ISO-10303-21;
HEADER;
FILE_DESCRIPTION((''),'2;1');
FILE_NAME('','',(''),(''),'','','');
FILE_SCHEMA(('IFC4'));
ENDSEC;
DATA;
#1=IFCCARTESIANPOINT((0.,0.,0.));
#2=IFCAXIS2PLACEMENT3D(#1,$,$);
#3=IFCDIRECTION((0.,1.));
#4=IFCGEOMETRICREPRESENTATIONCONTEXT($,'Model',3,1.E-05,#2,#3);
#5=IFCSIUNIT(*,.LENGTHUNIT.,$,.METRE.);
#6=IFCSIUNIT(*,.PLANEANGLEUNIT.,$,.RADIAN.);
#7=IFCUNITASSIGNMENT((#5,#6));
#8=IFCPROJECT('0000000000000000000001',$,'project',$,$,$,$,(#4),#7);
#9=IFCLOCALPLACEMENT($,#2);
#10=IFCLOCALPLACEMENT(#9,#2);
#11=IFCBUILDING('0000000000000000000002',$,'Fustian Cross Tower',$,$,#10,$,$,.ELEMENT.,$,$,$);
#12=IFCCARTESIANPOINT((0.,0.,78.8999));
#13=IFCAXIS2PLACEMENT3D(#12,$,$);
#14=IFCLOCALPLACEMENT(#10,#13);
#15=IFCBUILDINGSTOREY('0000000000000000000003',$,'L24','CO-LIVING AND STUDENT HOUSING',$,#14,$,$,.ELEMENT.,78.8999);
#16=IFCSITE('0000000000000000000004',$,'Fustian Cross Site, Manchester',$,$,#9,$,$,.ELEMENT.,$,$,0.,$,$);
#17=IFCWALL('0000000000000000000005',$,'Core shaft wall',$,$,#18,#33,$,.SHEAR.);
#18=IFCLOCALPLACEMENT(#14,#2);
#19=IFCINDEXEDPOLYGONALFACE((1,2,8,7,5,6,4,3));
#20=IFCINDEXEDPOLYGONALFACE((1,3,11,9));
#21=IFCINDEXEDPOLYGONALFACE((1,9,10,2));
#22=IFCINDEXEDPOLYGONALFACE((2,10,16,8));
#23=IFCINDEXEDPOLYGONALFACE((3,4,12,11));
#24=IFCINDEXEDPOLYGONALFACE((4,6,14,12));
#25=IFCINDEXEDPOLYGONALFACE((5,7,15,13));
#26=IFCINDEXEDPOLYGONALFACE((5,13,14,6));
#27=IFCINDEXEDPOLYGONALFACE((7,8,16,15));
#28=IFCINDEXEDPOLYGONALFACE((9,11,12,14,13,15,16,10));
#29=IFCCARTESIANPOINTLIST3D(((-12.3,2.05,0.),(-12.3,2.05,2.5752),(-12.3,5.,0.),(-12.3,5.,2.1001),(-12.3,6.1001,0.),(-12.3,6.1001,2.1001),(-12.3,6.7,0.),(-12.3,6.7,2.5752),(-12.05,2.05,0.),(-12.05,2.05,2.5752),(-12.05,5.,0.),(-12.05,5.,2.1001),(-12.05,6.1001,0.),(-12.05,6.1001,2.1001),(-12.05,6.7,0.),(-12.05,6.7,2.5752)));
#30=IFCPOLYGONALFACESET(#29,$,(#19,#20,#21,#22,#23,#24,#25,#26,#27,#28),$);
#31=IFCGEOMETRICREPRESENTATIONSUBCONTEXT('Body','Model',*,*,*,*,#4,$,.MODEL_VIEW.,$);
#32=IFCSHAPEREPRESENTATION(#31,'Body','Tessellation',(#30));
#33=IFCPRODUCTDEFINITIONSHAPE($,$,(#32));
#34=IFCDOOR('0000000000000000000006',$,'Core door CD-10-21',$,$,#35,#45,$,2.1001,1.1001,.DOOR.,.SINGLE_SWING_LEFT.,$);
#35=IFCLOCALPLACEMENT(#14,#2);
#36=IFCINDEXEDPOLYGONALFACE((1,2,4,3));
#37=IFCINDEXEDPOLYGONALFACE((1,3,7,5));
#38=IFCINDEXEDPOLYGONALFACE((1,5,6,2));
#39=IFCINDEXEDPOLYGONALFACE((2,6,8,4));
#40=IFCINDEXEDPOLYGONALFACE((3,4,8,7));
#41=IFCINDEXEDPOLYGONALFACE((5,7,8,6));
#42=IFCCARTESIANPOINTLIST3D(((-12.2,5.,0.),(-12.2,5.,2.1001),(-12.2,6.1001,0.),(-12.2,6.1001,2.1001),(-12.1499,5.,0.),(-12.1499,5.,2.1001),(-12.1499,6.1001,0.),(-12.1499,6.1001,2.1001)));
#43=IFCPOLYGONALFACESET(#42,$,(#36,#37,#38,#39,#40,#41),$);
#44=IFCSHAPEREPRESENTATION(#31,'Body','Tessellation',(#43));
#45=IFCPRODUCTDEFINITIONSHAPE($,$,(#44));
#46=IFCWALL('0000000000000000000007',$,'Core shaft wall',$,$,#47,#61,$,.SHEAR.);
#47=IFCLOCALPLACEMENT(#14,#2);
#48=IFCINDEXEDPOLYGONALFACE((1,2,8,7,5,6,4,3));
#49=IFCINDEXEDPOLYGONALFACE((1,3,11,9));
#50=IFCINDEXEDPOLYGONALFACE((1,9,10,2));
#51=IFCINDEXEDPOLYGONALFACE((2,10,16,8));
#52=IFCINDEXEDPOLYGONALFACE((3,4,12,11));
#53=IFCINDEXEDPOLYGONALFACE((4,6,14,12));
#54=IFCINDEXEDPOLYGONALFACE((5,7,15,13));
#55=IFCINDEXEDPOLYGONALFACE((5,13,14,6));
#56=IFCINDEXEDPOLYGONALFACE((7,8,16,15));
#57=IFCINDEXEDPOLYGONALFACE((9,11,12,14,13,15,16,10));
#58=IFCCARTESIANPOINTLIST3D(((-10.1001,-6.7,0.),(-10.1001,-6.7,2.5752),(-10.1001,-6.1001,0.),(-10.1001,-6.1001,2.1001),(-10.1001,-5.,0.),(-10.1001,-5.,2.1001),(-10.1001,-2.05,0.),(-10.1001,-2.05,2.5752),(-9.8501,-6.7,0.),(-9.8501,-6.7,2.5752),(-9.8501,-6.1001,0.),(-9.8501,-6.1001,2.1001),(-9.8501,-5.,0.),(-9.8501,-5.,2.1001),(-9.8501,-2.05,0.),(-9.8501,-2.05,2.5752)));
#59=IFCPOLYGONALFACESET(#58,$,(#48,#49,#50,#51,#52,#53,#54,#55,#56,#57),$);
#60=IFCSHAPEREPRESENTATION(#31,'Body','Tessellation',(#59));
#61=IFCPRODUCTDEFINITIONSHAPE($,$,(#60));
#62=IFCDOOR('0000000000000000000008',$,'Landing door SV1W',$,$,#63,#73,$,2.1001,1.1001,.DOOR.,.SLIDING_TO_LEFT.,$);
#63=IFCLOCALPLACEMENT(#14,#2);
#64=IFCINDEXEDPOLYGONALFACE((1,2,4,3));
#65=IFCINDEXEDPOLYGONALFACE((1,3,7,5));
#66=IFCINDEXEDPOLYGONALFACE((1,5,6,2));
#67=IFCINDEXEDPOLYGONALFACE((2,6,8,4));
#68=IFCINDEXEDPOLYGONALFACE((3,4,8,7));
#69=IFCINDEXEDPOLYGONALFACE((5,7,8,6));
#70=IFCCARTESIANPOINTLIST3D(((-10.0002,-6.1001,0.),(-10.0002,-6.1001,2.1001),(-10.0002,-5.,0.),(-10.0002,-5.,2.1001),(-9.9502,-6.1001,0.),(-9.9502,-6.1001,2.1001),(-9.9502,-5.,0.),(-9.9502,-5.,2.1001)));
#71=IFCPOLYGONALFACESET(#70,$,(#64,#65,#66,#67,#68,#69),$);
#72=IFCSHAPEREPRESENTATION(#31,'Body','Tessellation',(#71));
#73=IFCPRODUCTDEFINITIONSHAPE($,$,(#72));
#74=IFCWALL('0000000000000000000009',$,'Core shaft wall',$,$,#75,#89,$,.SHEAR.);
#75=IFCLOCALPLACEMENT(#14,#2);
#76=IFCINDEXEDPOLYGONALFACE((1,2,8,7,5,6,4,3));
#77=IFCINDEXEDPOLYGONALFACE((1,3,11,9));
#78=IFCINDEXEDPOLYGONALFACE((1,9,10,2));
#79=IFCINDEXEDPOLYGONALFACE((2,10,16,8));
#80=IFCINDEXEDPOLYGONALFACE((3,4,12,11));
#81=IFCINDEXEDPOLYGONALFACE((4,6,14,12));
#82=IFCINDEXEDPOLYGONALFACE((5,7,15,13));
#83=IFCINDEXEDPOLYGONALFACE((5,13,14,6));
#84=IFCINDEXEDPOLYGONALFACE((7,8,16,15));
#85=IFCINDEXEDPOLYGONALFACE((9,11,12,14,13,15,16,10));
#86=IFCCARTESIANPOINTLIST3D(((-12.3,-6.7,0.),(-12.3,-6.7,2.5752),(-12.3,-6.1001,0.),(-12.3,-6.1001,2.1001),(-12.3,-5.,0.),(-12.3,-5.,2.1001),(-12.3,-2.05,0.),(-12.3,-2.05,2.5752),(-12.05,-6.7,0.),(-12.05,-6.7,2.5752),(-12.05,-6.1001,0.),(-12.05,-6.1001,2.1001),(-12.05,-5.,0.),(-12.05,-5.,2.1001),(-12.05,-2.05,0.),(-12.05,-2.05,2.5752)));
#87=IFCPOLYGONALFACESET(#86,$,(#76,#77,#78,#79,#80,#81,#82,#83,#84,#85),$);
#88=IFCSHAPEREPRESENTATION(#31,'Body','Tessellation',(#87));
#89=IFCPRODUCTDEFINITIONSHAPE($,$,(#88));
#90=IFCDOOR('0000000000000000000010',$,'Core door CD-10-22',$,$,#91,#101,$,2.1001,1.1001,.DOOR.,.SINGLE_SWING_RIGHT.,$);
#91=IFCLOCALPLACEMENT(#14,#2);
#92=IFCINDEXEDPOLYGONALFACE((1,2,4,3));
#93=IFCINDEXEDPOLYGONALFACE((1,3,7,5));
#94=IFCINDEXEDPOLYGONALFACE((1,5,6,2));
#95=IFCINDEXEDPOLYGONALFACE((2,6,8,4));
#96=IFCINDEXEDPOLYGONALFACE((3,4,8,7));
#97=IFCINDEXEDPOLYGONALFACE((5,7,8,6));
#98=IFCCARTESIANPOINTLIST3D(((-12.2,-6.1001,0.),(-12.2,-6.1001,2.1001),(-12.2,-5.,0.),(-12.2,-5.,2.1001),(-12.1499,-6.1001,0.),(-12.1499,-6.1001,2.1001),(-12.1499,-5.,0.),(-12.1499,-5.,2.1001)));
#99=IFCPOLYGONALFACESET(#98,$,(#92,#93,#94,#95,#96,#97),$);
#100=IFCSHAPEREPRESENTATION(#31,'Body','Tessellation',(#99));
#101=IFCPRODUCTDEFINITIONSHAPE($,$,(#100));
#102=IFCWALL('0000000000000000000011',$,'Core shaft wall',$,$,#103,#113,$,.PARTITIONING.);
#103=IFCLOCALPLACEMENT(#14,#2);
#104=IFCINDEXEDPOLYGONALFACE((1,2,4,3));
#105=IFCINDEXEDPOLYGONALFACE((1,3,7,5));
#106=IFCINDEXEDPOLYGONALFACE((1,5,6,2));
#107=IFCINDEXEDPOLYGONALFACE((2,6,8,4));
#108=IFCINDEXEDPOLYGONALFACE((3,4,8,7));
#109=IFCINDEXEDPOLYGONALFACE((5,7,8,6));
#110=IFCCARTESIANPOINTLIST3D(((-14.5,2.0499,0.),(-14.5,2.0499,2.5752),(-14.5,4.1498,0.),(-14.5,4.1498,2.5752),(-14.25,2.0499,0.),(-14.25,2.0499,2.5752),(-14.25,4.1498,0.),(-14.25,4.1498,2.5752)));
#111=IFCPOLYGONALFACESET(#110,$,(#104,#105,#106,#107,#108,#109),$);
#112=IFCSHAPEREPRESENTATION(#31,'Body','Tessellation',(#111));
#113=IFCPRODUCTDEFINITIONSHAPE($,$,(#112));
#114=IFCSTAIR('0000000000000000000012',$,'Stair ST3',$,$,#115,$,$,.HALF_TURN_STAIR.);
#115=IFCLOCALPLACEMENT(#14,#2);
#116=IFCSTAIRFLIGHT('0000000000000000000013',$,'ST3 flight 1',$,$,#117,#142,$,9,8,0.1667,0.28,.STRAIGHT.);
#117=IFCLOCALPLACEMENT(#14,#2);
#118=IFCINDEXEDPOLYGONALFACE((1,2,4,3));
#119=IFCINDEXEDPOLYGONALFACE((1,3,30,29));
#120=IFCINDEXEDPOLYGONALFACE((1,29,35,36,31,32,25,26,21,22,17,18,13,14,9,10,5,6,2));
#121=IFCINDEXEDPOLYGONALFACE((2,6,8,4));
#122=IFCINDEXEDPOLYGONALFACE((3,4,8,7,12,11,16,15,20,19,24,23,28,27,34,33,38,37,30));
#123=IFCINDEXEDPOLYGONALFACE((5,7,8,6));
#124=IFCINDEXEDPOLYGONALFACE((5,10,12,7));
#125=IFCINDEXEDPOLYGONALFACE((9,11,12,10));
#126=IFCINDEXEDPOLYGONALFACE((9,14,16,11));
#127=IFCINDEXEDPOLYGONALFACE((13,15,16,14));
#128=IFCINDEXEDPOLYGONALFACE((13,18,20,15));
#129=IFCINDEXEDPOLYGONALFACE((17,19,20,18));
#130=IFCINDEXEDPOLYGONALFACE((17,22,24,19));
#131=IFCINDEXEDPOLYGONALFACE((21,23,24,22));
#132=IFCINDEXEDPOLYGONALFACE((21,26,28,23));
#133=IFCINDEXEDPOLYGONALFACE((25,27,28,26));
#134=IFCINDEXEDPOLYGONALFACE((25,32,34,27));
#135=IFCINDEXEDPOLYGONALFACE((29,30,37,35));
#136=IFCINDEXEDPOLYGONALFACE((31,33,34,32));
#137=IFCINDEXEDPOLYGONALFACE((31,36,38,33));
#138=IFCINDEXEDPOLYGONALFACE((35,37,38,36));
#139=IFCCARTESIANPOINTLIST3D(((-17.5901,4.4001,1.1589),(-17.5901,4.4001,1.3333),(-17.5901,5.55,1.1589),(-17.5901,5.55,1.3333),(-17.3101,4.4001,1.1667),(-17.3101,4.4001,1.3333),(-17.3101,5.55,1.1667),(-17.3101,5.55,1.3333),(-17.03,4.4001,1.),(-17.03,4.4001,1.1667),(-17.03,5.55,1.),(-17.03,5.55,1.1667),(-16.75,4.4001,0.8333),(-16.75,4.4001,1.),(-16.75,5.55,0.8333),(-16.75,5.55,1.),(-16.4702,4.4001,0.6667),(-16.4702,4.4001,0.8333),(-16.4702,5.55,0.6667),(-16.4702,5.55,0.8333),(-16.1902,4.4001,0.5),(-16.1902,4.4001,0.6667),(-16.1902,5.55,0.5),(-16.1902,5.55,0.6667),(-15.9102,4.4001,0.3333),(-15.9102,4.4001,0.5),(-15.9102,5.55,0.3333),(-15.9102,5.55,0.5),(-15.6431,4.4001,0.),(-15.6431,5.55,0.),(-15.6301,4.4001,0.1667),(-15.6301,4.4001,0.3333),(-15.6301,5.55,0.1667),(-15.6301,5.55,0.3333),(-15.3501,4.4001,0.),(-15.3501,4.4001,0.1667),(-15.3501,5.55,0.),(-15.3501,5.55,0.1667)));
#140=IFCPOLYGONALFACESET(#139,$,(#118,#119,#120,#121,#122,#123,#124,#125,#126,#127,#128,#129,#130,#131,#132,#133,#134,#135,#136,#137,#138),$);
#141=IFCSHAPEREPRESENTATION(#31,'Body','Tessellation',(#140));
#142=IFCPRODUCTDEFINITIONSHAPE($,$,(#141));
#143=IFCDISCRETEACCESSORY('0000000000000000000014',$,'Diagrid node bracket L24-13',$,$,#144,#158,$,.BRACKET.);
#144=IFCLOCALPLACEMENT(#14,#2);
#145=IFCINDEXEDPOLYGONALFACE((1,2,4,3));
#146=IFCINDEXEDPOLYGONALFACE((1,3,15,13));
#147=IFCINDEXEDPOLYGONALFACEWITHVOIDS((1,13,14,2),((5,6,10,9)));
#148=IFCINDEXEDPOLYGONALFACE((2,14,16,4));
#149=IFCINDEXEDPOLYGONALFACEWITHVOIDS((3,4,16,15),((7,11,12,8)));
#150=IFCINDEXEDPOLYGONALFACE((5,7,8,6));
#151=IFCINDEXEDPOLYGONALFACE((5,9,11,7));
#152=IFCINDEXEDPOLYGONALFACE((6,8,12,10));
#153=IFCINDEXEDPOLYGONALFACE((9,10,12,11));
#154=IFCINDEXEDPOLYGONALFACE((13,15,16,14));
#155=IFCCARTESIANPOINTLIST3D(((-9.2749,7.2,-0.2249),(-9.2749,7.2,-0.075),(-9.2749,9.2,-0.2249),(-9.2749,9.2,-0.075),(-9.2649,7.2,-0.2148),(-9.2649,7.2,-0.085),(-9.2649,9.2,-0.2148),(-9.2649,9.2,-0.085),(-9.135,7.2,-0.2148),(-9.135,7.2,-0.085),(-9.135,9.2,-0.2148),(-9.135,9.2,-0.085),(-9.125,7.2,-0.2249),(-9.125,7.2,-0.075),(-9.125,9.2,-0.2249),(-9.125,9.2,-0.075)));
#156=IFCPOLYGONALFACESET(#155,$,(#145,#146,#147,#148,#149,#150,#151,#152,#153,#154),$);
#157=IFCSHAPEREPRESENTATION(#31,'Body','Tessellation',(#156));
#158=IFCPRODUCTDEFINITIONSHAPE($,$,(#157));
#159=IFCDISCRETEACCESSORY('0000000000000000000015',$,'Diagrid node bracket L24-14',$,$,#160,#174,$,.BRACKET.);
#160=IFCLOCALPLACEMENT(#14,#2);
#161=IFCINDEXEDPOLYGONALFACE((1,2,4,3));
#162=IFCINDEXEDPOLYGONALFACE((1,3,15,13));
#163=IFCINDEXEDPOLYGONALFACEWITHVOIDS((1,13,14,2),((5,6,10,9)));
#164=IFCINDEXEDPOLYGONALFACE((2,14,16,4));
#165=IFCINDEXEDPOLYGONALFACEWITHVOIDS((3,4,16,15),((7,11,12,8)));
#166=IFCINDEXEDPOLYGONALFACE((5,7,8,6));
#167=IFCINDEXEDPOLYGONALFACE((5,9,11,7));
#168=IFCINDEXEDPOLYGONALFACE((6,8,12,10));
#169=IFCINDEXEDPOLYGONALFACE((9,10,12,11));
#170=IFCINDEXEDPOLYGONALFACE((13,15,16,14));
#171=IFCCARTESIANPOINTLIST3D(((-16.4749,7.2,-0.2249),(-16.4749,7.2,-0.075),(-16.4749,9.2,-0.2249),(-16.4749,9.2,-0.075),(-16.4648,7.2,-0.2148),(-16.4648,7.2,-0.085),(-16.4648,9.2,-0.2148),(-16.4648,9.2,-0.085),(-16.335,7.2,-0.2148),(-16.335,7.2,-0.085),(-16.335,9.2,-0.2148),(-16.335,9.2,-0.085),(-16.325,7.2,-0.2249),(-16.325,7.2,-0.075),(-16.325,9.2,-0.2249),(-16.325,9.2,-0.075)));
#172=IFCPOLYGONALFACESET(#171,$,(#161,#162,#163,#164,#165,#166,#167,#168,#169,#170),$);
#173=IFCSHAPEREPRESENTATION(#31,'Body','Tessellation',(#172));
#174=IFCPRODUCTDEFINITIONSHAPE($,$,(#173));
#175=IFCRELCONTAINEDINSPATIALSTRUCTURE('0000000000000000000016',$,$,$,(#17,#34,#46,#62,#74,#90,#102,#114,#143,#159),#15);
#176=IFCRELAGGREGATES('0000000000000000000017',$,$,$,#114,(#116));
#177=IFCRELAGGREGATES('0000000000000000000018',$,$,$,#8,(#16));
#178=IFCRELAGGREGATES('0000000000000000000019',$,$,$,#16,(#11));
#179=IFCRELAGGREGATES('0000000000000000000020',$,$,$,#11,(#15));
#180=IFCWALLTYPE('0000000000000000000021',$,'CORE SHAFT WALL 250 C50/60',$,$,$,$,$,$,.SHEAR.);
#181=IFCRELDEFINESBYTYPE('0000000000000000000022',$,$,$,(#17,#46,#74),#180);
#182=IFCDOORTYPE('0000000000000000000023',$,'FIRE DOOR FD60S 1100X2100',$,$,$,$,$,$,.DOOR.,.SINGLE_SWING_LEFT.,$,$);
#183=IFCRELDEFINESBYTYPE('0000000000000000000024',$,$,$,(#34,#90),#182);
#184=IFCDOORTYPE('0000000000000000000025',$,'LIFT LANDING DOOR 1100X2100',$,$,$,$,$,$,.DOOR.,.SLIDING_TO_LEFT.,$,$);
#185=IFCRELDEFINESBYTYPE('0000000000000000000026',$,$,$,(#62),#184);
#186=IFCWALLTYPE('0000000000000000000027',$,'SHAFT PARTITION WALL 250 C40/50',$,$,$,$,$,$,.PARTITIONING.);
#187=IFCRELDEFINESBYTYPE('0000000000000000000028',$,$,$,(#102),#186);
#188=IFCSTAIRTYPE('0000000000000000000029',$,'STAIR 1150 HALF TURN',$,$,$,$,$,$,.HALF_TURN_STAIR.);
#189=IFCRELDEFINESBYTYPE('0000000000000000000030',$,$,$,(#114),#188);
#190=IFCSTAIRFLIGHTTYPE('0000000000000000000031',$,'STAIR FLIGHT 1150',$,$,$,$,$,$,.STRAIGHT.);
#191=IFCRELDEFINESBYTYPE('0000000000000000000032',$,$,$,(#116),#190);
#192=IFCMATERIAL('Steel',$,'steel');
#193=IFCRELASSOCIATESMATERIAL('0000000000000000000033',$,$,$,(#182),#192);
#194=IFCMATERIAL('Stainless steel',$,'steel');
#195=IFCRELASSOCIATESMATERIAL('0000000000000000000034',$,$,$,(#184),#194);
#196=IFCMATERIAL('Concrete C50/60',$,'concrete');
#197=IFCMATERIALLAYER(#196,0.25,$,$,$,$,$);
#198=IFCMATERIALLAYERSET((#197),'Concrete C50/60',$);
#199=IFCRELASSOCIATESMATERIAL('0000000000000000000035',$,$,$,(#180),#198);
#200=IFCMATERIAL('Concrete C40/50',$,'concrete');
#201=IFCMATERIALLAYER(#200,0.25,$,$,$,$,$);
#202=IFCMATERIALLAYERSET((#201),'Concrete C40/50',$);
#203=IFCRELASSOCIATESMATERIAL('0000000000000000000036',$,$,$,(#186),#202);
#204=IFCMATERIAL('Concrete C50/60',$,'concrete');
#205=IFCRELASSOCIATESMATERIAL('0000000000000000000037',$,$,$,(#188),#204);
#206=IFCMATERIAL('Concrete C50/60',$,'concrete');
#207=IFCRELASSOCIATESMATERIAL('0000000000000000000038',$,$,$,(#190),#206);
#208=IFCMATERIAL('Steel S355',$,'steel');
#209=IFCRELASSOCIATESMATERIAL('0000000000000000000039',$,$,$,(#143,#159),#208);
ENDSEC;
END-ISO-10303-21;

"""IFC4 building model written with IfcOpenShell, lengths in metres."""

from ifc_helpers import new_model, si_unit, direction, frame, frame_2d, origin, origin_2d, place, context, subcontext, project, spatial, polyline, rectangle, hollow_rectangle, outline, extrude, material, layer, layer_set, type_object, element, fill, aggregate, save


model = new_model("IFC4")

# Units and contexts
model_context = context("Model", 3, precision=1e-05, world=origin(), true_north=direction((0.0, 1.0)))
body_context = subcontext(model_context, "Body", "Model", "MODEL_VIEW")
ifc_project = project(units=[si_unit("LENGTHUNIT", "METRE"), si_unit("PLANEANGLEUNIT", "RADIAN")], contexts=[model_context])

# Site, building, storey
site_placement = place(None, origin())
site = spatial("IfcSite", under=ifc_project, at=site_placement, Name="Fustian Cross Site, Manchester", CompositionType="ELEMENT", RefElevation=0.0)
building_placement = place(site_placement, origin())
building = spatial("IfcBuilding", under=site, at=building_placement, Name="Fustian Cross Tower", CompositionType="ELEMENT")
storey_placement = place(building_placement, frame((0.0, 0.0, 78.8999)))
storey = spatial("IfcBuildingStorey", under=building, at=storey_placement, Name="L24", Description="CO-LIVING AND STUDENT HOUSING", CompositionType="ELEMENT", Elevation=78.8999)

# Shared definitions
ifc_material_1 = material(Name="Steel", Category="steel")
door_type_1 = type_object("IfcDoorType", Name="FIRE DOOR FD60S 1100X2100", OperationType="SINGLE_SWING_LEFT", PredefinedType="DOOR", material=ifc_material_1)
ifc_material_2 = material(Name="Stainless steel", Category="steel")
door_type_2 = type_object("IfcDoorType", Name="LIFT LANDING DOOR 1100X2100", OperationType="SLIDING_TO_LEFT", PredefinedType="DOOR", material=ifc_material_2)

# Shared definitions
ifc_material_3 = material(Name="Concrete C50/60", Category="concrete")
ifc_layer_1 = layer(ifc_material_3, 0.25)
ifc_layer_set_1 = layer_set([ifc_layer_1], Name="Concrete C50/60")
wall_type_1 = type_object("IfcWallType", Name="CORE SHAFT WALL 250 C50/60", PredefinedType="SHEAR", material=ifc_layer_set_1)

# Walls, openings, doors
wall_1_placement = place(storey_placement, frame((-12.175, 2.05, 0.0), z_axis=(0.0, 0.0, 1.0), x_axis=(0.0, 1.0, 0.0)))
wall_1 = element("IfcWall", 1, at=wall_1_placement, inside=storey, type_object=wall_type_1, Name="Core shaft wall", PredefinedType="SHEAR", context=body_context, shape_type="SweptSolid", body=[
    extrude(rectangle(XDim=4.6499, YDim=0.25, at=frame_2d((2.325, 0.0))), origin(), (0.0, 0.0, 1.0), 2.5752),
])
opening_1_placement = place(wall_1_placement, frame((2.95, 0.0, 0.0)))
opening_1 = element("IfcOpeningElement", 2, at=opening_1_placement, cuts=wall_1, PredefinedType="OPENING", context=body_context, shape_type="SweptSolid", body=[
    extrude(rectangle(XDim=1.1001, YDim=2.1001, at=frame_2d((0.55, 1.05))), frame((0.0, 0.135, 0.0), z_axis=(0.0, -1.0, 0.0), x_axis=(1.0, 0.0, 0.0)), (0.0, 0.0, 1.0), 0.27),
])
door_1_placement = place(opening_1_placement, origin())
door_1 = element("IfcDoor", 3, at=door_1_placement, inside=storey, type_object=door_type_1, Name="Core door CD-10-21", OperationType="SINGLE_SWING_LEFT", OverallHeight=2.1001, OverallWidth=1.1001, PredefinedType="DOOR", context=body_context, shape_type="SweptSolid", body=[
    extrude(rectangle(XDim=1.1001, YDim=2.1001, at=frame_2d((0.55, 1.05))), frame((0.0, 0.0249, 0.0), z_axis=(0.0, -1.0, 0.0), x_axis=(1.0, 0.0, 0.0)), (0.0, 0.0, 1.0), 0.05),
])
fill(opening_1, door_1)
wall_2_placement = place(storey_placement, frame((-9.9751, -2.05, 0.0), z_axis=(0.0, 0.0, 1.0), x_axis=(0.0, -1.0, 0.0)))
wall_2 = element("IfcWall", 4, at=wall_2_placement, inside=storey, type_object=wall_type_1, Name="Core shaft wall", PredefinedType="SHEAR", context=body_context, shape_type="SweptSolid", body=[
    extrude(rectangle(XDim=4.6499, YDim=0.25, at=frame_2d((2.325, 0.0))), origin(), (0.0, 0.0, 1.0), 2.5752),
])
opening_2_placement = place(wall_2_placement, frame((2.95, 0.0, 0.0)))
opening_2 = element("IfcOpeningElement", 5, at=opening_2_placement, cuts=wall_2, PredefinedType="OPENING", context=body_context, shape_type="SweptSolid", body=[
    extrude(rectangle(XDim=1.1001, YDim=2.1001, at=frame_2d((0.55, 1.05))), frame((0.0, 0.135, 0.0), z_axis=(0.0, -1.0, 0.0), x_axis=(1.0, 0.0, 0.0)), (0.0, 0.0, 1.0), 0.27),
])
door_2_placement = place(opening_2_placement, origin())
door_2 = element("IfcDoor", 6, at=door_2_placement, inside=storey, type_object=door_type_2, Name="Landing door SV1W", OperationType="SLIDING_TO_LEFT", OverallHeight=2.1001, OverallWidth=1.1001, PredefinedType="DOOR", context=body_context, shape_type="SweptSolid", body=[
    extrude(rectangle(XDim=1.1001, YDim=2.1001, at=frame_2d((0.55, 1.05))), frame((0.0, 0.0249, 0.0), z_axis=(0.0, -1.0, 0.0), x_axis=(1.0, 0.0, 0.0)), (0.0, 0.0, 1.0), 0.05),
])
fill(opening_2, door_2)
wall_3_placement = place(storey_placement, frame((-12.175, -2.05, 0.0), z_axis=(0.0, 0.0, 1.0), x_axis=(0.0, -1.0, 0.0)))
wall_3 = element("IfcWall", 7, at=wall_3_placement, inside=storey, type_object=wall_type_1, Name="Core shaft wall", PredefinedType="SHEAR", context=body_context, shape_type="SweptSolid", body=[
    extrude(rectangle(XDim=4.6499, YDim=0.25, at=frame_2d((2.325, 0.0))), origin(), (0.0, 0.0, 1.0), 2.5752),
])
opening_3_placement = place(wall_3_placement, frame((2.95, 0.0, 0.0)))
opening_3 = element("IfcOpeningElement", 8, at=opening_3_placement, cuts=wall_3, PredefinedType="OPENING", context=body_context, shape_type="SweptSolid", body=[
    extrude(rectangle(XDim=1.1001, YDim=2.1001, at=frame_2d((0.55, 1.05))), frame((0.0, 0.135, 0.0), z_axis=(0.0, -1.0, 0.0), x_axis=(1.0, 0.0, 0.0)), (0.0, 0.0, 1.0), 0.27),
])
door_3_placement = place(opening_3_placement, frame((1.1001, 0.0, 0.0), z_axis=(0.0, 0.0, 1.0), x_axis=(-1.0, 0.0, 0.0)))
door_3 = element("IfcDoor", 9, at=door_3_placement, inside=storey, type_object=door_type_1, Name="Core door CD-10-22", OperationType="SINGLE_SWING_RIGHT", OverallHeight=2.1001, OverallWidth=1.1001, PredefinedType="DOOR", context=body_context, shape_type="SweptSolid", body=[
    extrude(rectangle(XDim=1.1001, YDim=2.1001, at=frame_2d((0.55, 1.05))), frame((0.0, 0.0249, 0.0), z_axis=(0.0, -1.0, 0.0), x_axis=(1.0, 0.0, 0.0)), (0.0, 0.0, 1.0), 0.05),
])
fill(opening_3, door_3)

# Wall
ifc_material_4 = material(Name="Concrete C40/50", Category="concrete")
ifc_layer_2 = layer(ifc_material_4, 0.25)
ifc_layer_set_2 = layer_set([ifc_layer_2], Name="Concrete C40/50")
wall_type_2 = type_object("IfcWallType", Name="SHAFT PARTITION WALL 250 C40/50", PredefinedType="PARTITIONING", material=ifc_layer_set_2)
wall_4_placement = place(storey_placement, frame((-14.375, 2.05, 0.0), z_axis=(0.0, 0.0, 1.0), x_axis=(0.0, 1.0, 0.0)))
element("IfcWall", 10, at=wall_4_placement, inside=storey, type_object=wall_type_2, Name="Core shaft wall", PredefinedType="PARTITIONING", context=body_context, shape_type="SweptSolid", body=[
    extrude(rectangle(XDim=2.0999, YDim=0.25, at=frame_2d((1.0498, 0.0))), origin(), (0.0, 0.0, 1.0), 2.5752),
])

# Stair, stair flight
ifc_material_5 = material(Name="Concrete C50/60", Category="concrete")
stair_type = type_object("IfcStairType", Name="STAIR 1150 HALF TURN", PredefinedType="HALF_TURN_STAIR", material=ifc_material_5)
stair_placement = place(storey_placement, origin())
stair = element("IfcStair", 11, at=stair_placement, inside=storey, type_object=stair_type, Name="Stair ST3", PredefinedType="HALF_TURN_STAIR")
ifc_material_6 = material(Name="Concrete C50/60", Category="concrete")
stair_flight_type = type_object("IfcStairFlightType", Name="STAIR FLIGHT 1150", PredefinedType="STRAIGHT", material=ifc_material_6)
stair_flight_placement = place(storey_placement, frame((-15.3501, 4.9751, 0.0), z_axis=(0.0, 0.0, 1.0), x_axis=(-1.0, 0.0, 0.0)))
stair_flight = element("IfcStairFlight", 12, at=stair_flight_placement, type_object=stair_flight_type, Name="ST3 flight 1", NumberOfRisers=9, NumberOfTreads=8, PredefinedType="STRAIGHT", RiserHeight=0.1667, TreadLength=0.28, context=body_context, shape_type="SweptSolid", body=[
    extrude(outline(polyline([(0.0, 0.0), (0.0, 0.1667), (0.28, 0.1667), (0.28, 0.3333), (0.5601, 0.3333), (0.5601, 0.5), (0.8401, 0.5), (0.8401, 0.6667), (1.1201, 0.6667), (1.1201, 0.8333), (1.3999, 0.8333), (1.3999, 1.0), (1.6799, 1.0), (1.6799, 1.1667), (1.96, 1.1667), (1.96, 1.3333), (2.24, 1.3333), (2.24, 1.5), (2.24, 1.1589), (0.293, 0.0), (0.0, 0.0)])), frame((0.0, 0.575, 0.0), z_axis=(0.0, -1.0, 0.0), x_axis=(1.0, 0.0, 0.0)), (0.0, 0.0, 1.0), 1.1499),
])
aggregate(stair, [stair_flight])

# Discrete accessories
ifc_material_7 = material(Name="Steel S355", Category="steel")
for number, where, z_axis, x_axis, name in (
    (13, (-9.2, 9.2, -0.1499), (0.0, -1.0, 0.0), (1.0, 0.0, 0.0), "Diagrid node bracket L24-13"),
    (14, (-16.3999, 9.2, -0.1499), (0.0, -1.0, 0.0), (1.0, 0.0, 0.0), "Diagrid node bracket L24-14"),
):
    element("IfcDiscreteAccessory", number, at=place(storey_placement, frame(where, z_axis=z_axis, x_axis=x_axis)), inside=storey, material=ifc_material_7, Name=name, PredefinedType="BRACKET", context=body_context, shape_type="SweptSolid", body=[
        extrude(hollow_rectangle(XDim=0.1499, YDim=0.1499, WallThickness=0.01, at=origin_2d()), origin(), (0.0, 0.0, 1.0), 2.0),
    ])

save(model, "model.ifc")
